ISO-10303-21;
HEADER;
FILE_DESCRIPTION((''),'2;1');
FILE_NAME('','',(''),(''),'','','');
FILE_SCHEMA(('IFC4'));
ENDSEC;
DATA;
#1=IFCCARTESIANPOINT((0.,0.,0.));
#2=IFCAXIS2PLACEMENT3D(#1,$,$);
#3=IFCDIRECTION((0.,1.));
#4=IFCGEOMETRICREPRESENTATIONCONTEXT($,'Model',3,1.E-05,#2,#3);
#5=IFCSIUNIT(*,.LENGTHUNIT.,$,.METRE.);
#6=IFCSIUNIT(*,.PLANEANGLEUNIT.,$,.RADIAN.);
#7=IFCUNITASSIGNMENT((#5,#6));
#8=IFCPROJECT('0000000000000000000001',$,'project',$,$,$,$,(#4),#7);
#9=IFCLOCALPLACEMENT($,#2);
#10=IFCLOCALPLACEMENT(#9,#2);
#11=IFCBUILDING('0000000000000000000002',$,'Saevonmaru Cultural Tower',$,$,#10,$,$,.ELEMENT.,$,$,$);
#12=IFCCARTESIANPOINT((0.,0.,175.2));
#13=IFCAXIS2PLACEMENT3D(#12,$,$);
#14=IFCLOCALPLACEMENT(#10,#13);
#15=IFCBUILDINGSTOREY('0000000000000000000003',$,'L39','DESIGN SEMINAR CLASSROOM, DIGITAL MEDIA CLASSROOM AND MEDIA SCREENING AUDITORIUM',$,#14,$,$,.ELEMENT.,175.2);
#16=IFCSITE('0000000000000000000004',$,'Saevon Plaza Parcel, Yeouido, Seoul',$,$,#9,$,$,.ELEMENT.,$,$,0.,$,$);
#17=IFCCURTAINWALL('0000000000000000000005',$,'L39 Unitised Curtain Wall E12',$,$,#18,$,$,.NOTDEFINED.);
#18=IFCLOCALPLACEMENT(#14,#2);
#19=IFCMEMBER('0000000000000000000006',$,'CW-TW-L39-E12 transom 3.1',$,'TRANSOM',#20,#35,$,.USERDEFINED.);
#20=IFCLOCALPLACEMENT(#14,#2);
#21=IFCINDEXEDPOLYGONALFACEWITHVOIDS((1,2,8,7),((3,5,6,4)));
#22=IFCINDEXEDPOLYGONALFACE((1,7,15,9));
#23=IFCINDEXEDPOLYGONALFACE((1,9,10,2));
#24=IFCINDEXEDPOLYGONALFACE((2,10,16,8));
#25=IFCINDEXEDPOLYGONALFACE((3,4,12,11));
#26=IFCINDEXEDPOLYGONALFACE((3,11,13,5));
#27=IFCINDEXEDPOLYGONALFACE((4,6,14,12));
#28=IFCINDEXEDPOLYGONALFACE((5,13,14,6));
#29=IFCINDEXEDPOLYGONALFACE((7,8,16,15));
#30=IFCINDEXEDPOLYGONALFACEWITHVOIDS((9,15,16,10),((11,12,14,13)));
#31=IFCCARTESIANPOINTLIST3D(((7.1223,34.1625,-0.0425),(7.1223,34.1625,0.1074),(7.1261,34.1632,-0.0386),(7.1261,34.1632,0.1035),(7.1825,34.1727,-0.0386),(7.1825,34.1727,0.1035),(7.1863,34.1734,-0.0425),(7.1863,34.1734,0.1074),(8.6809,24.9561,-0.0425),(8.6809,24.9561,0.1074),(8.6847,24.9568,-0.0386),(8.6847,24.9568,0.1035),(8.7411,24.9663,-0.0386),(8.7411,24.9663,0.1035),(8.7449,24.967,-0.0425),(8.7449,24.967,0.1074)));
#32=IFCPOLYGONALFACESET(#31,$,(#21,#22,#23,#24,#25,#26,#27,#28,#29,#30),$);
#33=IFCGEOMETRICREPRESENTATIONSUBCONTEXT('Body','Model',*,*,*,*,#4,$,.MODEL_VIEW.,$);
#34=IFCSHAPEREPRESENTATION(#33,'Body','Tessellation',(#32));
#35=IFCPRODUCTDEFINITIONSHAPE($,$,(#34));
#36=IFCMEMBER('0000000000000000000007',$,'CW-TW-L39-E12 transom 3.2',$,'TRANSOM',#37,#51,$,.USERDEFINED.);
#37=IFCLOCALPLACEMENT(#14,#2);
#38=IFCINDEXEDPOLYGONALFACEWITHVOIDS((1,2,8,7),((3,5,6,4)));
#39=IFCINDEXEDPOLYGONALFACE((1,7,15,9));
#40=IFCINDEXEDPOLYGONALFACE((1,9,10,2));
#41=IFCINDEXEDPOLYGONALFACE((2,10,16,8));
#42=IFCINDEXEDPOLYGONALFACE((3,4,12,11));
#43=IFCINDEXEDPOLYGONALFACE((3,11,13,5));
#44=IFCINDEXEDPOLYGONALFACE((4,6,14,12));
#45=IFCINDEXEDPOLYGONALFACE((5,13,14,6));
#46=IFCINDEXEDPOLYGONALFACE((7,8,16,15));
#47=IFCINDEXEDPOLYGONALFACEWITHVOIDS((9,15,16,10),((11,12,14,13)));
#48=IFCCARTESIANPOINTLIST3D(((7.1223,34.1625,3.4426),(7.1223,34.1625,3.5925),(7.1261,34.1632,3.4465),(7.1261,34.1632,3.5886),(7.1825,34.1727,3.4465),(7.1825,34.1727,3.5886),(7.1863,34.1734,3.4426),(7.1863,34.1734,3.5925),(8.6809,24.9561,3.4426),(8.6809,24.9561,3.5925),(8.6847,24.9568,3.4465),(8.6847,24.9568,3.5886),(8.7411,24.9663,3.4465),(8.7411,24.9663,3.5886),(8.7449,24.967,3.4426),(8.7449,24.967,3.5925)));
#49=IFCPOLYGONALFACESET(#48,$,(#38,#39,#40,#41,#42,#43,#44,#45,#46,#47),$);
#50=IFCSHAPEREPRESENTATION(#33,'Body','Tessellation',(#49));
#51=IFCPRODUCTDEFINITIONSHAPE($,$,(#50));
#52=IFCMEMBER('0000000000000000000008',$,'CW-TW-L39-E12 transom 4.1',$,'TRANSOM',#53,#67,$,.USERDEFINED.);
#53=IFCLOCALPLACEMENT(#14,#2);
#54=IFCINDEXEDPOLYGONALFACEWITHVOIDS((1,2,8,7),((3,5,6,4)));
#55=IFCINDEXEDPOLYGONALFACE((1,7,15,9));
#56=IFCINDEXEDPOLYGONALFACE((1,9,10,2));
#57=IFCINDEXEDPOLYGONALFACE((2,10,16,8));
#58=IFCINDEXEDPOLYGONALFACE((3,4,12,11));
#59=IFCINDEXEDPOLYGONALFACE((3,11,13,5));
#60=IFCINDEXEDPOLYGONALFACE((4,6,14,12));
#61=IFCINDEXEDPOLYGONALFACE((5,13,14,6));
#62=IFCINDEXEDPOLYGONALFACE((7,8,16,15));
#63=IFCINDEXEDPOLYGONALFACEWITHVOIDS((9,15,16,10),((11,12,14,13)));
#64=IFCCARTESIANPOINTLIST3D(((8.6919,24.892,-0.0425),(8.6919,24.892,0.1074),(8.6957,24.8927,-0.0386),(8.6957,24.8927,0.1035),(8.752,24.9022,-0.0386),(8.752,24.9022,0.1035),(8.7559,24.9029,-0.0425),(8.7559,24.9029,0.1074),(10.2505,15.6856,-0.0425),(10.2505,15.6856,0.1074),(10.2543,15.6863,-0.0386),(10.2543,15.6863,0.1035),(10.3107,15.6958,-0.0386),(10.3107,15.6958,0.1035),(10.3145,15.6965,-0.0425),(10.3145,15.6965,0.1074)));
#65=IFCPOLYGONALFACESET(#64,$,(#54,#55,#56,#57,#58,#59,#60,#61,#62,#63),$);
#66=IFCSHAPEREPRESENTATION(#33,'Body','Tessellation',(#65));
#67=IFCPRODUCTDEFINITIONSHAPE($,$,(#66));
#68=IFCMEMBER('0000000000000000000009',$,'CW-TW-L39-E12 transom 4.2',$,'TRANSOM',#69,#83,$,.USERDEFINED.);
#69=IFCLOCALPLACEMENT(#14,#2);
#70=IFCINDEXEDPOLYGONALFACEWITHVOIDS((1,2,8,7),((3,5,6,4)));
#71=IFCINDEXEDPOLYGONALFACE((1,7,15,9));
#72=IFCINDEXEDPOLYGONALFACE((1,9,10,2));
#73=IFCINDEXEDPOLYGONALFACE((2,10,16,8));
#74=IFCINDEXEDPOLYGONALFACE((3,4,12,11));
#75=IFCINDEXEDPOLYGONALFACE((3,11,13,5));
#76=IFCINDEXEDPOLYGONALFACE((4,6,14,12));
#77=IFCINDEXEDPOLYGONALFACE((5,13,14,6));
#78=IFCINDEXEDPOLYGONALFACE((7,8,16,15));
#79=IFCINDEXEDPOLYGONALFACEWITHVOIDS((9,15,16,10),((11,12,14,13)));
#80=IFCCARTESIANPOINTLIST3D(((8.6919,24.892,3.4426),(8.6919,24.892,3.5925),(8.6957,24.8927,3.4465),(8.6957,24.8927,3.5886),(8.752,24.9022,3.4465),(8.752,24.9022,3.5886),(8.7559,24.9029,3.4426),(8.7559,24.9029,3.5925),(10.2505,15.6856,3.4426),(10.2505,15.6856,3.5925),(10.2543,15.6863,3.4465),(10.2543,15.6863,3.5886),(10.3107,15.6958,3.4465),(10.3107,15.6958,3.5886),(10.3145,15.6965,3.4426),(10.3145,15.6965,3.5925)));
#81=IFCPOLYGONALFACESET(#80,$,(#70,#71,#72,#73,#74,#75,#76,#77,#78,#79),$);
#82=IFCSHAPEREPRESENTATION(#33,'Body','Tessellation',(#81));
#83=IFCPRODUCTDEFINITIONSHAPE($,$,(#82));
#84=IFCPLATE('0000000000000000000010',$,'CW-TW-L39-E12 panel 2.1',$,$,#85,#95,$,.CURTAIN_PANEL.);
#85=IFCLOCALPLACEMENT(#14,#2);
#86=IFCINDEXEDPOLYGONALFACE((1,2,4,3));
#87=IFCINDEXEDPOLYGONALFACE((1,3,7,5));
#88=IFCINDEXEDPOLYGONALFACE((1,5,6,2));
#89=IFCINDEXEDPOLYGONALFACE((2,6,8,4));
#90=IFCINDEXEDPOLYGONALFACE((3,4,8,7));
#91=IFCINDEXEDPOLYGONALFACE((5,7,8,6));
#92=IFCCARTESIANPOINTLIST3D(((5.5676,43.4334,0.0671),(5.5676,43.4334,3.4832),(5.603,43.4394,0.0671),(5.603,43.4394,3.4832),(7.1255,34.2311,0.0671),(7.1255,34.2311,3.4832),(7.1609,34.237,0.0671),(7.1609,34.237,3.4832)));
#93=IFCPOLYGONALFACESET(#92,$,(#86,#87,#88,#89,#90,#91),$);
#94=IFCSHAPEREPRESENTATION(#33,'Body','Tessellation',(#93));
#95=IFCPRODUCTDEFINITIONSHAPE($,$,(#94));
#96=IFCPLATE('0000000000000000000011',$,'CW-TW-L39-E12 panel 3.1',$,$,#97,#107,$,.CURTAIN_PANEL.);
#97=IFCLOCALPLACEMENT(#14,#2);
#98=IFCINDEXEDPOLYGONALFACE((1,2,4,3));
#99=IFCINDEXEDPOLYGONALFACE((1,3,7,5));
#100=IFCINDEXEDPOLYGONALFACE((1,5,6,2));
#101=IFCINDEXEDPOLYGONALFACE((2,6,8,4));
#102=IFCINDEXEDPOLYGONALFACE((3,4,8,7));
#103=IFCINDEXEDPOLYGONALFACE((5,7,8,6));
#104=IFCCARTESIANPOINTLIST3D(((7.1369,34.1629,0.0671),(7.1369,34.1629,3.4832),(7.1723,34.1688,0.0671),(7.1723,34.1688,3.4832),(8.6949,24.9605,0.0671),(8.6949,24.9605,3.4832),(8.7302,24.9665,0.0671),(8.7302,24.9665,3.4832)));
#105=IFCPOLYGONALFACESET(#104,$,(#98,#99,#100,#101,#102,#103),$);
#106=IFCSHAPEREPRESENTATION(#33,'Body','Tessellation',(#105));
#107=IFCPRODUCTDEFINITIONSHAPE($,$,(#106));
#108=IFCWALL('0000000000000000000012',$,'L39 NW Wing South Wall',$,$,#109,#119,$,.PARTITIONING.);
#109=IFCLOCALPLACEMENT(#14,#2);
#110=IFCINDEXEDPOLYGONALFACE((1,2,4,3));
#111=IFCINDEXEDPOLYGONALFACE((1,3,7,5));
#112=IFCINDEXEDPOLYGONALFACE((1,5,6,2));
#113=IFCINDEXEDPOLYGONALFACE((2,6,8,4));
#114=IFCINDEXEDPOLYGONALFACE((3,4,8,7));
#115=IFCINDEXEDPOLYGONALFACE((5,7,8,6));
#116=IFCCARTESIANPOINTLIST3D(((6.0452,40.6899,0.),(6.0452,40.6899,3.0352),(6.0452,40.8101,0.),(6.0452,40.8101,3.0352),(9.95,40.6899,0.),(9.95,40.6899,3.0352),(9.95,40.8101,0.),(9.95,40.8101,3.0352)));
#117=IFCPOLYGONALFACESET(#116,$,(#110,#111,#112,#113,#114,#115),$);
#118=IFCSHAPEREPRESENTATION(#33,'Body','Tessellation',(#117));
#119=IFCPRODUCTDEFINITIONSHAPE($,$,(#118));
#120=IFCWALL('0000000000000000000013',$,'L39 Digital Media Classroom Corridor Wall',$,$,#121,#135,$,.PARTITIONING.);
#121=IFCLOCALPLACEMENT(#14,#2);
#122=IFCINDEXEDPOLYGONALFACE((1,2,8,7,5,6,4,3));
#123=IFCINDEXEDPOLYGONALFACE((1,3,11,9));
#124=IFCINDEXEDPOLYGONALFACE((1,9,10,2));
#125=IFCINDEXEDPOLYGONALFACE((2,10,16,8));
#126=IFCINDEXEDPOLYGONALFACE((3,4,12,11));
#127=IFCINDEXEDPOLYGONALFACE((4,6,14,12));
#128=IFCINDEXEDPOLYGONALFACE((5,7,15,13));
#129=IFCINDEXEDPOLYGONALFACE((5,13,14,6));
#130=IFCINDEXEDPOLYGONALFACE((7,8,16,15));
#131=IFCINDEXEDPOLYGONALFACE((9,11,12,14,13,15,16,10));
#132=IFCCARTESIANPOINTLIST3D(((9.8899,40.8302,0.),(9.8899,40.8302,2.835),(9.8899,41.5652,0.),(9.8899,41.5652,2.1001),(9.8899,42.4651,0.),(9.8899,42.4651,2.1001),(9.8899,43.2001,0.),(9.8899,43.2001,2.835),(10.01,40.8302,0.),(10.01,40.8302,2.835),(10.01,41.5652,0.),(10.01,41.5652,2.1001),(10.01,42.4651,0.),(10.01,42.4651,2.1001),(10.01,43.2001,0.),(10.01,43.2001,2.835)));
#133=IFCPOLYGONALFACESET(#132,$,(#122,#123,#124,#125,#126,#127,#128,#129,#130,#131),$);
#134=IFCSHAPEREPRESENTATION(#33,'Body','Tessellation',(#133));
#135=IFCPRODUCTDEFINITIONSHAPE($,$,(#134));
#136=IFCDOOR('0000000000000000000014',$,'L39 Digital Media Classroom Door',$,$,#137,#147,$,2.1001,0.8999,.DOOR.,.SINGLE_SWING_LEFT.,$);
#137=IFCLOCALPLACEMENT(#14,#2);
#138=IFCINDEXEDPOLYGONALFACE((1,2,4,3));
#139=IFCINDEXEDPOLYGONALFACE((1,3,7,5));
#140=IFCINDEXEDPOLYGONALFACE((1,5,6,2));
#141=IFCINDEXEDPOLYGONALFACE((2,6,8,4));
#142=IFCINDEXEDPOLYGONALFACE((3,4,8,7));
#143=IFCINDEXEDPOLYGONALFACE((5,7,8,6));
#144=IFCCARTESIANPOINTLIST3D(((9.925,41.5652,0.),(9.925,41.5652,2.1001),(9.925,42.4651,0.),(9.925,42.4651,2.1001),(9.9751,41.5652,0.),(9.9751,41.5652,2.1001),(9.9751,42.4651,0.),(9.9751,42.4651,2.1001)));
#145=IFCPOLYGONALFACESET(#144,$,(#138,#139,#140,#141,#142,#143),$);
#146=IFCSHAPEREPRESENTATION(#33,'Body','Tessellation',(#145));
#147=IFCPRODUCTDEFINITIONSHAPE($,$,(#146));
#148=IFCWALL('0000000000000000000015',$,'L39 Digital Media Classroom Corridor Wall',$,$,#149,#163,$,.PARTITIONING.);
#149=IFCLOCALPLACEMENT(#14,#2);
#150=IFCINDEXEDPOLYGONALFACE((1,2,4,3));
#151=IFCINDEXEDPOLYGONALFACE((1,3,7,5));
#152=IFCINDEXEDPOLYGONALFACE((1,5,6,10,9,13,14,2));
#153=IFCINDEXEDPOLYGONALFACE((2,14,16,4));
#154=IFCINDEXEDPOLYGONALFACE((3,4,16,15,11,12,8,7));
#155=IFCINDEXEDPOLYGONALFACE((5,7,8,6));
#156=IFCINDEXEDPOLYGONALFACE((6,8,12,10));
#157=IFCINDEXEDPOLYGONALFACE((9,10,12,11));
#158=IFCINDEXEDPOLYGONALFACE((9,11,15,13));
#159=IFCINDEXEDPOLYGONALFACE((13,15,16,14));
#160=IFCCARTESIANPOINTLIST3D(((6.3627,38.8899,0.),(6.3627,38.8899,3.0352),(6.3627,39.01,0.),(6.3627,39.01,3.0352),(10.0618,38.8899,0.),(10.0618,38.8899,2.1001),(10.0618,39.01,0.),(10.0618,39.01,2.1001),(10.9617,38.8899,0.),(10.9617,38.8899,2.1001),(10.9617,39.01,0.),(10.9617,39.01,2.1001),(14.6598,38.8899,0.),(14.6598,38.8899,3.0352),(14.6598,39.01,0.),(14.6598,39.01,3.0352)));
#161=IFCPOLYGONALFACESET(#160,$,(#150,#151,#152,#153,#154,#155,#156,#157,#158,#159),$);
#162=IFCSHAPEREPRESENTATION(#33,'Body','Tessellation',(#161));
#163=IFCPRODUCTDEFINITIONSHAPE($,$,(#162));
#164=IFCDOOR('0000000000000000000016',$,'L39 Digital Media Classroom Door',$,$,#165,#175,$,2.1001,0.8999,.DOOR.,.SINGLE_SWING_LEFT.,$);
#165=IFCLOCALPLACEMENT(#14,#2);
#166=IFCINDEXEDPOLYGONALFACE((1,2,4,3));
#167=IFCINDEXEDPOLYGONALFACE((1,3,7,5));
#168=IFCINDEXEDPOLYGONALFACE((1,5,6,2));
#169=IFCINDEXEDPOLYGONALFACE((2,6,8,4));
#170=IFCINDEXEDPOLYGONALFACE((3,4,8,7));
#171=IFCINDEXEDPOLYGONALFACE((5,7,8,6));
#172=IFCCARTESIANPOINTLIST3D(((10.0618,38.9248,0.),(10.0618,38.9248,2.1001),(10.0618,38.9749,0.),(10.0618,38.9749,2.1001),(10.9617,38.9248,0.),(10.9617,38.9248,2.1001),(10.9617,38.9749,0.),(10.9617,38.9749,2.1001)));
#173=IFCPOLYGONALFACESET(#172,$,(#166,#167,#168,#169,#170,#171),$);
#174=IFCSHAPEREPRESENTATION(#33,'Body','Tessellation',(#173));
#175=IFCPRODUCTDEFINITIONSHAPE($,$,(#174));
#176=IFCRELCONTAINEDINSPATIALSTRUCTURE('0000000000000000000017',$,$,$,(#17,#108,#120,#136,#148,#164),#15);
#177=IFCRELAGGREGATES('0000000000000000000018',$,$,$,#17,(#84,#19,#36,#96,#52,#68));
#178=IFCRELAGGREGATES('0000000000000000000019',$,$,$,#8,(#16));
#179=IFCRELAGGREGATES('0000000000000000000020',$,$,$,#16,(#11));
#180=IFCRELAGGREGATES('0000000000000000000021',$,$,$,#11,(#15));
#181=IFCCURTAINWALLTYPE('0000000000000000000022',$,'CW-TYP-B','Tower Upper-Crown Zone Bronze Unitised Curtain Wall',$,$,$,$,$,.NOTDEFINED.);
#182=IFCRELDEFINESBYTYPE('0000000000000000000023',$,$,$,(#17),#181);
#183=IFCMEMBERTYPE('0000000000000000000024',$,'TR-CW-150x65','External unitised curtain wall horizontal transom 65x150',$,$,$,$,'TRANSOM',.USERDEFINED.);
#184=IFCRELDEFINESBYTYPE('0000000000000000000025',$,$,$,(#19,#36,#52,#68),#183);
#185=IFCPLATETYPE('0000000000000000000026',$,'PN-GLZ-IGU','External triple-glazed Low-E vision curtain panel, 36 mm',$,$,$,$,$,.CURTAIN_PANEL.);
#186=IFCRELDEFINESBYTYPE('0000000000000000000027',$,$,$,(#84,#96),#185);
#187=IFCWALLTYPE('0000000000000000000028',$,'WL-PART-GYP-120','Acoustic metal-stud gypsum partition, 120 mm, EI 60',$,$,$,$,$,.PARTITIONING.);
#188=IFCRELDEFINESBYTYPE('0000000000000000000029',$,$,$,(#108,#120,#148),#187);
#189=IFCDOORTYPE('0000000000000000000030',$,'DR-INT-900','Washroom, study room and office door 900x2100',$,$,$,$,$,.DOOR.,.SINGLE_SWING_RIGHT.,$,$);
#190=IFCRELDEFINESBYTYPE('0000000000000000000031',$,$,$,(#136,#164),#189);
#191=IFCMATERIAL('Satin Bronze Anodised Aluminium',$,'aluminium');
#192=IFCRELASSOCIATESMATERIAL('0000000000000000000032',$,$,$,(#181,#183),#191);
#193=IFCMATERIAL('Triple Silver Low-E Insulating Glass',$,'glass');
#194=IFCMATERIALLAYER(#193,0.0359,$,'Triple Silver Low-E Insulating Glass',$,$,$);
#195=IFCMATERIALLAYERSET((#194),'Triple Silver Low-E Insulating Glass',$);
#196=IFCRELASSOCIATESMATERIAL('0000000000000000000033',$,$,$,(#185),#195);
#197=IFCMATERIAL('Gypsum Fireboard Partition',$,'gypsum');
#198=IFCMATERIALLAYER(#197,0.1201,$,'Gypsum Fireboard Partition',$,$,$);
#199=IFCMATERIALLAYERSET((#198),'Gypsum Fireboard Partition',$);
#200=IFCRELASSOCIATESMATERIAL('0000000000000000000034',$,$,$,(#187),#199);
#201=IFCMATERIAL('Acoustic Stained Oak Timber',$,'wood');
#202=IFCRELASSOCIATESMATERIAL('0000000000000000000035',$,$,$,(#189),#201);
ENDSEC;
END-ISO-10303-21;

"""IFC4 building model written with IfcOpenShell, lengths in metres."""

from ifc_helpers import new_model, si_unit, direction, frame, frame_2d, origin, origin_2d, place, context, subcontext, project, spatial, rectangle, hollow_rectangle, extrude, material, layer, layer_set, material_profile, profile_set, type_object, element, fill, aggregate, save


model = new_model("IFC4")

# Units and contexts
model_context = context("Model", 3, precision=1e-05, world=origin(), true_north=direction((0.0, 1.0)))
body_context = subcontext(model_context, "Body", "Model", "MODEL_VIEW")
ifc_project = project(units=[si_unit("LENGTHUNIT", "METRE"), si_unit("PLANEANGLEUNIT", "RADIAN")], contexts=[model_context])

# Site, building, storey
site_placement = place(None, origin())
site = spatial("IfcSite", under=ifc_project, at=site_placement, Name="Saevon Plaza Parcel, Yeouido, Seoul", CompositionType="ELEMENT", RefElevation=0.0)
building_placement = place(site_placement, origin())
building = spatial("IfcBuilding", under=site, at=building_placement, Name="Saevonmaru Cultural Tower", CompositionType="ELEMENT")
storey_placement = place(building_placement, frame((0.0, 0.0, 175.2)))
storey = spatial("IfcBuildingStorey", under=building, at=storey_placement, Name="L39", Description="DESIGN SEMINAR CLASSROOM, DIGITAL MEDIA CLASSROOM AND MEDIA SCREENING AUDITORIUM", CompositionType="ELEMENT", Elevation=175.2)

# Curtain wall, members, plates
ifc_material_1 = material(Name="Satin Bronze Anodised Aluminium", Category="aluminium")
curtain_wall_type = type_object("IfcCurtainWallType", Name="CW-TYP-B", Description="Tower Upper-Crown Zone Bronze Unitised Curtain Wall", PredefinedType="NOTDEFINED", material=ifc_material_1)
curtain_wall_placement = place(storey_placement, origin())
curtain_wall = element("IfcCurtainWall", 1, at=curtain_wall_placement, inside=storey, type_object=curtain_wall_type, Name="L39 Unitised Curtain Wall E12", PredefinedType="NOTDEFINED")
ifc_material_profile_1 = material_profile(ifc_material_1, hollow_rectangle(XDim=0.0649, YDim=0.1499, WallThickness=0.0039, at=origin_2d()), Name="ALU-TRAN-150x65x4")
ifc_profile_set_1 = profile_set([ifc_material_profile_1], Name="Satin Bronze Anodised Aluminium")
member_type_1 = type_object("IfcMemberType", Name="TR-CW-150x65", Description="External unitised curtain wall horizontal transom 65x150", ElementType="TRANSOM", PredefinedType="USERDEFINED", material=ifc_profile_set_1)
member_1_placement = place(storey_placement, frame((7.1543, 34.168, 0.0325), z_axis=(0.166921, -0.98597, 0.0), x_axis=(0.98597, 0.166921, 0.0)))
member_1 = element("IfcMember", 2, at=member_1_placement, type_object=member_type_1, Name="CW-TW-L39-E12 transom 3.1", ObjectType="TRANSOM", PredefinedType="USERDEFINED", context=body_context, shape_type="SweptSolid", body=[
    extrude(hollow_rectangle(XDim=0.0649, YDim=0.1499, WallThickness=0.0039, at=origin_2d()), origin(), (0.0, 0.0, 1.0), 9.3374),
])
member_2_placement = place(storey_placement, frame((7.1543, 34.168, 3.5176), z_axis=(0.166921, -0.98597, 0.0), x_axis=(0.98597, 0.166921, 0.0)))
member_2 = element("IfcMember", 3, at=member_2_placement, type_object=member_type_1, Name="CW-TW-L39-E12 transom 3.2", ObjectType="TRANSOM", PredefinedType="USERDEFINED", context=body_context, shape_type="SweptSolid", body=[
    extrude(hollow_rectangle(XDim=0.0649, YDim=0.1499, WallThickness=0.0039, at=origin_2d()), origin(), (0.0, 0.0, 1.0), 9.3374),
])
member_3_placement = place(storey_placement, frame((8.7239, 24.8975, 0.0325), z_axis=(0.166921, -0.98597, 0.0), x_axis=(0.98597, 0.166921, 0.0)))
member_3 = element("IfcMember", 4, at=member_3_placement, type_object=member_type_1, Name="CW-TW-L39-E12 transom 4.1", ObjectType="TRANSOM", PredefinedType="USERDEFINED", context=body_context, shape_type="SweptSolid", body=[
    extrude(hollow_rectangle(XDim=0.0649, YDim=0.1499, WallThickness=0.0039, at=origin_2d()), origin(), (0.0, 0.0, 1.0), 9.3374),
])
member_4_placement = place(storey_placement, frame((8.7239, 24.8975, 3.5176), z_axis=(0.166921, -0.98597, 0.0), x_axis=(0.98597, 0.166921, 0.0)))
member_4 = element("IfcMember", 5, at=member_4_placement, type_object=member_type_1, Name="CW-TW-L39-E12 transom 4.2", ObjectType="TRANSOM", PredefinedType="USERDEFINED", context=body_context, shape_type="SweptSolid", body=[
    extrude(hollow_rectangle(XDim=0.0649, YDim=0.1499, WallThickness=0.0039, at=origin_2d()), origin(), (0.0, 0.0, 1.0), 9.3374),
])
ifc_material_2 = material(Name="Triple Silver Low-E Insulating Glass", Category="glass")
ifc_layer_1 = layer(ifc_material_2, 0.0359, Name="Triple Silver Low-E Insulating Glass")
ifc_layer_set_1 = layer_set([ifc_layer_1], Name="Triple Silver Low-E Insulating Glass")
plate_type = type_object("IfcPlateType", Name="PN-GLZ-IGU", Description="External triple-glazed Low-E vision curtain panel, 36 mm", PredefinedType="CURTAIN_PANEL", material=ifc_layer_set_1)
plate_1_placement = place(storey_placement, frame((6.3643, 38.8352, 0.0671), z_axis=(0.0, 0.0, 1.0), x_axis=(0.166922, -0.98597, 0.0)))
plate_1 = element("IfcPlate", 6, at=plate_1_placement, type_object=plate_type, Name="CW-TW-L39-E12 panel 2.1", PredefinedType="CURTAIN_PANEL", context=body_context, shape_type="SweptSolid", body=[
    extrude(rectangle(XDim=9.3333, YDim=0.0359, at=origin_2d()), origin(), (0.0, 0.0, 1.0), 3.416),
])
plate_2_placement = place(storey_placement, frame((7.9336, 29.5647, 0.0671), z_axis=(0.0, 0.0, 1.0), x_axis=(0.166922, -0.98597, 0.0)))
plate_2 = element("IfcPlate", 7, at=plate_2_placement, type_object=plate_type, Name="CW-TW-L39-E12 panel 3.1", PredefinedType="CURTAIN_PANEL", context=body_context, shape_type="SweptSolid", body=[
    extrude(rectangle(XDim=9.3333, YDim=0.0359, at=origin_2d()), origin(), (0.0, 0.0, 1.0), 3.416),
])
aggregate(curtain_wall, [plate_1, member_1, member_2, plate_2, member_3, member_4])

# Wall
ifc_material_3 = material(Name="Gypsum Fireboard Partition", Category="gypsum")
ifc_layer_2 = layer(ifc_material_3, 0.1201, Name="Gypsum Fireboard Partition")
ifc_layer_set_2 = layer_set([ifc_layer_2], Name="Gypsum Fireboard Partition")
wall_type = type_object("IfcWallType", Name="WL-PART-GYP-120", Description="Acoustic metal-stud gypsum partition, 120 mm, EI 60", PredefinedType="PARTITIONING", material=ifc_layer_set_2)
wall_1_placement = place(storey_placement, frame((6.0452, 40.75, 0.0), z_axis=(0.0, 0.0, 1.0), x_axis=(1.0, 0.0, 0.0)))
element("IfcWall", 8, at=wall_1_placement, inside=storey, type_object=wall_type, Name="L39 NW Wing South Wall", PredefinedType="PARTITIONING", context=body_context, shape_type="SweptSolid", body=[
    extrude(rectangle(XDim=3.9048, YDim=0.1201, at=frame_2d((1.9524, 0.0))), origin(), (0.0, 0.0, 1.0), 3.0352),
])

# Walls, openings, doors
wall_2_placement = place(storey_placement, frame((9.95, 40.8301, 0.0), z_axis=(0.0, 0.0, 1.0), x_axis=(0.0, 1.0, 0.0)))
wall_2 = element("IfcWall", 9, at=wall_2_placement, inside=storey, type_object=wall_type, Name="L39 Digital Media Classroom Corridor Wall", PredefinedType="PARTITIONING", context=body_context, shape_type="SweptSolid", body=[
    extrude(rectangle(XDim=2.3699, YDim=0.1201, at=frame_2d((1.1851, 0.0))), origin(), (0.0, 0.0, 1.0), 2.835),
])
opening_1_placement = place(wall_2_placement, frame((0.7351, 0.0, 0.0)))
opening_1 = element("IfcOpeningElement", 10, at=opening_1_placement, cuts=wall_2, PredefinedType="OPENING", context=body_context, shape_type="SweptSolid", body=[
    extrude(rectangle(XDim=0.8999, YDim=2.1001, at=frame_2d((0.45, 1.05))), frame((0.0, 0.0701, 0.0), z_axis=(0.0, -1.0, 0.0), x_axis=(1.0, 0.0, 0.0)), (0.0, 0.0, 1.0), 0.1401),
])
ifc_material_4 = material(Name="Acoustic Stained Oak Timber", Category="wood")
door_type = type_object("IfcDoorType", Name="DR-INT-900", Description="Washroom, study room and office door 900x2100", OperationType="SINGLE_SWING_RIGHT", PredefinedType="DOOR", material=ifc_material_4)
door_1_placement = place(opening_1_placement, origin())
door_1 = element("IfcDoor", 11, at=door_1_placement, inside=storey, type_object=door_type, Name="L39 Digital Media Classroom Door", OperationType="SINGLE_SWING_LEFT", OverallHeight=2.1001, OverallWidth=0.8999, PredefinedType="DOOR", context=body_context, shape_type="SweptSolid", body=[
    extrude(rectangle(XDim=0.8999, YDim=2.1001, at=frame_2d((0.45, 1.05))), frame((0.0, 0.0249, 0.0), z_axis=(0.0, -1.0, 0.0), x_axis=(1.0, 0.0, 0.0)), (0.0, 0.0, 1.0), 0.05),
])
fill(opening_1, door_1)
wall_3_placement = place(storey_placement, frame((6.3628, 38.95, 0.0), z_axis=(0.0, 0.0, 1.0), x_axis=(1.0, 0.0, 0.0)))
wall_3 = element("IfcWall", 12, at=wall_3_placement, inside=storey, type_object=wall_type, Name="L39 Digital Media Classroom Corridor Wall", PredefinedType="PARTITIONING", context=body_context, shape_type="SweptSolid", body=[
    extrude(rectangle(XDim=8.2971, YDim=0.1201, at=frame_2d((4.1484, 0.0))), origin(), (0.0, 0.0, 1.0), 3.0352),
])
opening_2_placement = place(wall_3_placement, frame((3.699, 0.0, 0.0)))
opening_2 = element("IfcOpeningElement", 13, at=opening_2_placement, cuts=wall_3, PredefinedType="OPENING", context=body_context, shape_type="SweptSolid", body=[
    extrude(rectangle(XDim=0.8999, YDim=2.1001, at=frame_2d((0.45, 1.05))), frame((0.0, 0.0701, 0.0), z_axis=(0.0, -1.0, 0.0), x_axis=(1.0, 0.0, 0.0)), (0.0, 0.0, 1.0), 0.1401),
])
door_2_placement = place(opening_2_placement, origin())
door_2 = element("IfcDoor", 14, at=door_2_placement, inside=storey, type_object=door_type, Name="L39 Digital Media Classroom Door", OperationType="SINGLE_SWING_LEFT", OverallHeight=2.1001, OverallWidth=0.8999, PredefinedType="DOOR", context=body_context, shape_type="SweptSolid", body=[
    extrude(rectangle(XDim=0.8999, YDim=2.1001, at=frame_2d((0.45, 1.05))), frame((0.0, 0.0249, 0.0), z_axis=(0.0, -1.0, 0.0), x_axis=(1.0, 0.0, 0.0)), (0.0, 0.0, 1.0), 0.05),
])
fill(opening_2, door_2)

save(model, "model.ifc")
